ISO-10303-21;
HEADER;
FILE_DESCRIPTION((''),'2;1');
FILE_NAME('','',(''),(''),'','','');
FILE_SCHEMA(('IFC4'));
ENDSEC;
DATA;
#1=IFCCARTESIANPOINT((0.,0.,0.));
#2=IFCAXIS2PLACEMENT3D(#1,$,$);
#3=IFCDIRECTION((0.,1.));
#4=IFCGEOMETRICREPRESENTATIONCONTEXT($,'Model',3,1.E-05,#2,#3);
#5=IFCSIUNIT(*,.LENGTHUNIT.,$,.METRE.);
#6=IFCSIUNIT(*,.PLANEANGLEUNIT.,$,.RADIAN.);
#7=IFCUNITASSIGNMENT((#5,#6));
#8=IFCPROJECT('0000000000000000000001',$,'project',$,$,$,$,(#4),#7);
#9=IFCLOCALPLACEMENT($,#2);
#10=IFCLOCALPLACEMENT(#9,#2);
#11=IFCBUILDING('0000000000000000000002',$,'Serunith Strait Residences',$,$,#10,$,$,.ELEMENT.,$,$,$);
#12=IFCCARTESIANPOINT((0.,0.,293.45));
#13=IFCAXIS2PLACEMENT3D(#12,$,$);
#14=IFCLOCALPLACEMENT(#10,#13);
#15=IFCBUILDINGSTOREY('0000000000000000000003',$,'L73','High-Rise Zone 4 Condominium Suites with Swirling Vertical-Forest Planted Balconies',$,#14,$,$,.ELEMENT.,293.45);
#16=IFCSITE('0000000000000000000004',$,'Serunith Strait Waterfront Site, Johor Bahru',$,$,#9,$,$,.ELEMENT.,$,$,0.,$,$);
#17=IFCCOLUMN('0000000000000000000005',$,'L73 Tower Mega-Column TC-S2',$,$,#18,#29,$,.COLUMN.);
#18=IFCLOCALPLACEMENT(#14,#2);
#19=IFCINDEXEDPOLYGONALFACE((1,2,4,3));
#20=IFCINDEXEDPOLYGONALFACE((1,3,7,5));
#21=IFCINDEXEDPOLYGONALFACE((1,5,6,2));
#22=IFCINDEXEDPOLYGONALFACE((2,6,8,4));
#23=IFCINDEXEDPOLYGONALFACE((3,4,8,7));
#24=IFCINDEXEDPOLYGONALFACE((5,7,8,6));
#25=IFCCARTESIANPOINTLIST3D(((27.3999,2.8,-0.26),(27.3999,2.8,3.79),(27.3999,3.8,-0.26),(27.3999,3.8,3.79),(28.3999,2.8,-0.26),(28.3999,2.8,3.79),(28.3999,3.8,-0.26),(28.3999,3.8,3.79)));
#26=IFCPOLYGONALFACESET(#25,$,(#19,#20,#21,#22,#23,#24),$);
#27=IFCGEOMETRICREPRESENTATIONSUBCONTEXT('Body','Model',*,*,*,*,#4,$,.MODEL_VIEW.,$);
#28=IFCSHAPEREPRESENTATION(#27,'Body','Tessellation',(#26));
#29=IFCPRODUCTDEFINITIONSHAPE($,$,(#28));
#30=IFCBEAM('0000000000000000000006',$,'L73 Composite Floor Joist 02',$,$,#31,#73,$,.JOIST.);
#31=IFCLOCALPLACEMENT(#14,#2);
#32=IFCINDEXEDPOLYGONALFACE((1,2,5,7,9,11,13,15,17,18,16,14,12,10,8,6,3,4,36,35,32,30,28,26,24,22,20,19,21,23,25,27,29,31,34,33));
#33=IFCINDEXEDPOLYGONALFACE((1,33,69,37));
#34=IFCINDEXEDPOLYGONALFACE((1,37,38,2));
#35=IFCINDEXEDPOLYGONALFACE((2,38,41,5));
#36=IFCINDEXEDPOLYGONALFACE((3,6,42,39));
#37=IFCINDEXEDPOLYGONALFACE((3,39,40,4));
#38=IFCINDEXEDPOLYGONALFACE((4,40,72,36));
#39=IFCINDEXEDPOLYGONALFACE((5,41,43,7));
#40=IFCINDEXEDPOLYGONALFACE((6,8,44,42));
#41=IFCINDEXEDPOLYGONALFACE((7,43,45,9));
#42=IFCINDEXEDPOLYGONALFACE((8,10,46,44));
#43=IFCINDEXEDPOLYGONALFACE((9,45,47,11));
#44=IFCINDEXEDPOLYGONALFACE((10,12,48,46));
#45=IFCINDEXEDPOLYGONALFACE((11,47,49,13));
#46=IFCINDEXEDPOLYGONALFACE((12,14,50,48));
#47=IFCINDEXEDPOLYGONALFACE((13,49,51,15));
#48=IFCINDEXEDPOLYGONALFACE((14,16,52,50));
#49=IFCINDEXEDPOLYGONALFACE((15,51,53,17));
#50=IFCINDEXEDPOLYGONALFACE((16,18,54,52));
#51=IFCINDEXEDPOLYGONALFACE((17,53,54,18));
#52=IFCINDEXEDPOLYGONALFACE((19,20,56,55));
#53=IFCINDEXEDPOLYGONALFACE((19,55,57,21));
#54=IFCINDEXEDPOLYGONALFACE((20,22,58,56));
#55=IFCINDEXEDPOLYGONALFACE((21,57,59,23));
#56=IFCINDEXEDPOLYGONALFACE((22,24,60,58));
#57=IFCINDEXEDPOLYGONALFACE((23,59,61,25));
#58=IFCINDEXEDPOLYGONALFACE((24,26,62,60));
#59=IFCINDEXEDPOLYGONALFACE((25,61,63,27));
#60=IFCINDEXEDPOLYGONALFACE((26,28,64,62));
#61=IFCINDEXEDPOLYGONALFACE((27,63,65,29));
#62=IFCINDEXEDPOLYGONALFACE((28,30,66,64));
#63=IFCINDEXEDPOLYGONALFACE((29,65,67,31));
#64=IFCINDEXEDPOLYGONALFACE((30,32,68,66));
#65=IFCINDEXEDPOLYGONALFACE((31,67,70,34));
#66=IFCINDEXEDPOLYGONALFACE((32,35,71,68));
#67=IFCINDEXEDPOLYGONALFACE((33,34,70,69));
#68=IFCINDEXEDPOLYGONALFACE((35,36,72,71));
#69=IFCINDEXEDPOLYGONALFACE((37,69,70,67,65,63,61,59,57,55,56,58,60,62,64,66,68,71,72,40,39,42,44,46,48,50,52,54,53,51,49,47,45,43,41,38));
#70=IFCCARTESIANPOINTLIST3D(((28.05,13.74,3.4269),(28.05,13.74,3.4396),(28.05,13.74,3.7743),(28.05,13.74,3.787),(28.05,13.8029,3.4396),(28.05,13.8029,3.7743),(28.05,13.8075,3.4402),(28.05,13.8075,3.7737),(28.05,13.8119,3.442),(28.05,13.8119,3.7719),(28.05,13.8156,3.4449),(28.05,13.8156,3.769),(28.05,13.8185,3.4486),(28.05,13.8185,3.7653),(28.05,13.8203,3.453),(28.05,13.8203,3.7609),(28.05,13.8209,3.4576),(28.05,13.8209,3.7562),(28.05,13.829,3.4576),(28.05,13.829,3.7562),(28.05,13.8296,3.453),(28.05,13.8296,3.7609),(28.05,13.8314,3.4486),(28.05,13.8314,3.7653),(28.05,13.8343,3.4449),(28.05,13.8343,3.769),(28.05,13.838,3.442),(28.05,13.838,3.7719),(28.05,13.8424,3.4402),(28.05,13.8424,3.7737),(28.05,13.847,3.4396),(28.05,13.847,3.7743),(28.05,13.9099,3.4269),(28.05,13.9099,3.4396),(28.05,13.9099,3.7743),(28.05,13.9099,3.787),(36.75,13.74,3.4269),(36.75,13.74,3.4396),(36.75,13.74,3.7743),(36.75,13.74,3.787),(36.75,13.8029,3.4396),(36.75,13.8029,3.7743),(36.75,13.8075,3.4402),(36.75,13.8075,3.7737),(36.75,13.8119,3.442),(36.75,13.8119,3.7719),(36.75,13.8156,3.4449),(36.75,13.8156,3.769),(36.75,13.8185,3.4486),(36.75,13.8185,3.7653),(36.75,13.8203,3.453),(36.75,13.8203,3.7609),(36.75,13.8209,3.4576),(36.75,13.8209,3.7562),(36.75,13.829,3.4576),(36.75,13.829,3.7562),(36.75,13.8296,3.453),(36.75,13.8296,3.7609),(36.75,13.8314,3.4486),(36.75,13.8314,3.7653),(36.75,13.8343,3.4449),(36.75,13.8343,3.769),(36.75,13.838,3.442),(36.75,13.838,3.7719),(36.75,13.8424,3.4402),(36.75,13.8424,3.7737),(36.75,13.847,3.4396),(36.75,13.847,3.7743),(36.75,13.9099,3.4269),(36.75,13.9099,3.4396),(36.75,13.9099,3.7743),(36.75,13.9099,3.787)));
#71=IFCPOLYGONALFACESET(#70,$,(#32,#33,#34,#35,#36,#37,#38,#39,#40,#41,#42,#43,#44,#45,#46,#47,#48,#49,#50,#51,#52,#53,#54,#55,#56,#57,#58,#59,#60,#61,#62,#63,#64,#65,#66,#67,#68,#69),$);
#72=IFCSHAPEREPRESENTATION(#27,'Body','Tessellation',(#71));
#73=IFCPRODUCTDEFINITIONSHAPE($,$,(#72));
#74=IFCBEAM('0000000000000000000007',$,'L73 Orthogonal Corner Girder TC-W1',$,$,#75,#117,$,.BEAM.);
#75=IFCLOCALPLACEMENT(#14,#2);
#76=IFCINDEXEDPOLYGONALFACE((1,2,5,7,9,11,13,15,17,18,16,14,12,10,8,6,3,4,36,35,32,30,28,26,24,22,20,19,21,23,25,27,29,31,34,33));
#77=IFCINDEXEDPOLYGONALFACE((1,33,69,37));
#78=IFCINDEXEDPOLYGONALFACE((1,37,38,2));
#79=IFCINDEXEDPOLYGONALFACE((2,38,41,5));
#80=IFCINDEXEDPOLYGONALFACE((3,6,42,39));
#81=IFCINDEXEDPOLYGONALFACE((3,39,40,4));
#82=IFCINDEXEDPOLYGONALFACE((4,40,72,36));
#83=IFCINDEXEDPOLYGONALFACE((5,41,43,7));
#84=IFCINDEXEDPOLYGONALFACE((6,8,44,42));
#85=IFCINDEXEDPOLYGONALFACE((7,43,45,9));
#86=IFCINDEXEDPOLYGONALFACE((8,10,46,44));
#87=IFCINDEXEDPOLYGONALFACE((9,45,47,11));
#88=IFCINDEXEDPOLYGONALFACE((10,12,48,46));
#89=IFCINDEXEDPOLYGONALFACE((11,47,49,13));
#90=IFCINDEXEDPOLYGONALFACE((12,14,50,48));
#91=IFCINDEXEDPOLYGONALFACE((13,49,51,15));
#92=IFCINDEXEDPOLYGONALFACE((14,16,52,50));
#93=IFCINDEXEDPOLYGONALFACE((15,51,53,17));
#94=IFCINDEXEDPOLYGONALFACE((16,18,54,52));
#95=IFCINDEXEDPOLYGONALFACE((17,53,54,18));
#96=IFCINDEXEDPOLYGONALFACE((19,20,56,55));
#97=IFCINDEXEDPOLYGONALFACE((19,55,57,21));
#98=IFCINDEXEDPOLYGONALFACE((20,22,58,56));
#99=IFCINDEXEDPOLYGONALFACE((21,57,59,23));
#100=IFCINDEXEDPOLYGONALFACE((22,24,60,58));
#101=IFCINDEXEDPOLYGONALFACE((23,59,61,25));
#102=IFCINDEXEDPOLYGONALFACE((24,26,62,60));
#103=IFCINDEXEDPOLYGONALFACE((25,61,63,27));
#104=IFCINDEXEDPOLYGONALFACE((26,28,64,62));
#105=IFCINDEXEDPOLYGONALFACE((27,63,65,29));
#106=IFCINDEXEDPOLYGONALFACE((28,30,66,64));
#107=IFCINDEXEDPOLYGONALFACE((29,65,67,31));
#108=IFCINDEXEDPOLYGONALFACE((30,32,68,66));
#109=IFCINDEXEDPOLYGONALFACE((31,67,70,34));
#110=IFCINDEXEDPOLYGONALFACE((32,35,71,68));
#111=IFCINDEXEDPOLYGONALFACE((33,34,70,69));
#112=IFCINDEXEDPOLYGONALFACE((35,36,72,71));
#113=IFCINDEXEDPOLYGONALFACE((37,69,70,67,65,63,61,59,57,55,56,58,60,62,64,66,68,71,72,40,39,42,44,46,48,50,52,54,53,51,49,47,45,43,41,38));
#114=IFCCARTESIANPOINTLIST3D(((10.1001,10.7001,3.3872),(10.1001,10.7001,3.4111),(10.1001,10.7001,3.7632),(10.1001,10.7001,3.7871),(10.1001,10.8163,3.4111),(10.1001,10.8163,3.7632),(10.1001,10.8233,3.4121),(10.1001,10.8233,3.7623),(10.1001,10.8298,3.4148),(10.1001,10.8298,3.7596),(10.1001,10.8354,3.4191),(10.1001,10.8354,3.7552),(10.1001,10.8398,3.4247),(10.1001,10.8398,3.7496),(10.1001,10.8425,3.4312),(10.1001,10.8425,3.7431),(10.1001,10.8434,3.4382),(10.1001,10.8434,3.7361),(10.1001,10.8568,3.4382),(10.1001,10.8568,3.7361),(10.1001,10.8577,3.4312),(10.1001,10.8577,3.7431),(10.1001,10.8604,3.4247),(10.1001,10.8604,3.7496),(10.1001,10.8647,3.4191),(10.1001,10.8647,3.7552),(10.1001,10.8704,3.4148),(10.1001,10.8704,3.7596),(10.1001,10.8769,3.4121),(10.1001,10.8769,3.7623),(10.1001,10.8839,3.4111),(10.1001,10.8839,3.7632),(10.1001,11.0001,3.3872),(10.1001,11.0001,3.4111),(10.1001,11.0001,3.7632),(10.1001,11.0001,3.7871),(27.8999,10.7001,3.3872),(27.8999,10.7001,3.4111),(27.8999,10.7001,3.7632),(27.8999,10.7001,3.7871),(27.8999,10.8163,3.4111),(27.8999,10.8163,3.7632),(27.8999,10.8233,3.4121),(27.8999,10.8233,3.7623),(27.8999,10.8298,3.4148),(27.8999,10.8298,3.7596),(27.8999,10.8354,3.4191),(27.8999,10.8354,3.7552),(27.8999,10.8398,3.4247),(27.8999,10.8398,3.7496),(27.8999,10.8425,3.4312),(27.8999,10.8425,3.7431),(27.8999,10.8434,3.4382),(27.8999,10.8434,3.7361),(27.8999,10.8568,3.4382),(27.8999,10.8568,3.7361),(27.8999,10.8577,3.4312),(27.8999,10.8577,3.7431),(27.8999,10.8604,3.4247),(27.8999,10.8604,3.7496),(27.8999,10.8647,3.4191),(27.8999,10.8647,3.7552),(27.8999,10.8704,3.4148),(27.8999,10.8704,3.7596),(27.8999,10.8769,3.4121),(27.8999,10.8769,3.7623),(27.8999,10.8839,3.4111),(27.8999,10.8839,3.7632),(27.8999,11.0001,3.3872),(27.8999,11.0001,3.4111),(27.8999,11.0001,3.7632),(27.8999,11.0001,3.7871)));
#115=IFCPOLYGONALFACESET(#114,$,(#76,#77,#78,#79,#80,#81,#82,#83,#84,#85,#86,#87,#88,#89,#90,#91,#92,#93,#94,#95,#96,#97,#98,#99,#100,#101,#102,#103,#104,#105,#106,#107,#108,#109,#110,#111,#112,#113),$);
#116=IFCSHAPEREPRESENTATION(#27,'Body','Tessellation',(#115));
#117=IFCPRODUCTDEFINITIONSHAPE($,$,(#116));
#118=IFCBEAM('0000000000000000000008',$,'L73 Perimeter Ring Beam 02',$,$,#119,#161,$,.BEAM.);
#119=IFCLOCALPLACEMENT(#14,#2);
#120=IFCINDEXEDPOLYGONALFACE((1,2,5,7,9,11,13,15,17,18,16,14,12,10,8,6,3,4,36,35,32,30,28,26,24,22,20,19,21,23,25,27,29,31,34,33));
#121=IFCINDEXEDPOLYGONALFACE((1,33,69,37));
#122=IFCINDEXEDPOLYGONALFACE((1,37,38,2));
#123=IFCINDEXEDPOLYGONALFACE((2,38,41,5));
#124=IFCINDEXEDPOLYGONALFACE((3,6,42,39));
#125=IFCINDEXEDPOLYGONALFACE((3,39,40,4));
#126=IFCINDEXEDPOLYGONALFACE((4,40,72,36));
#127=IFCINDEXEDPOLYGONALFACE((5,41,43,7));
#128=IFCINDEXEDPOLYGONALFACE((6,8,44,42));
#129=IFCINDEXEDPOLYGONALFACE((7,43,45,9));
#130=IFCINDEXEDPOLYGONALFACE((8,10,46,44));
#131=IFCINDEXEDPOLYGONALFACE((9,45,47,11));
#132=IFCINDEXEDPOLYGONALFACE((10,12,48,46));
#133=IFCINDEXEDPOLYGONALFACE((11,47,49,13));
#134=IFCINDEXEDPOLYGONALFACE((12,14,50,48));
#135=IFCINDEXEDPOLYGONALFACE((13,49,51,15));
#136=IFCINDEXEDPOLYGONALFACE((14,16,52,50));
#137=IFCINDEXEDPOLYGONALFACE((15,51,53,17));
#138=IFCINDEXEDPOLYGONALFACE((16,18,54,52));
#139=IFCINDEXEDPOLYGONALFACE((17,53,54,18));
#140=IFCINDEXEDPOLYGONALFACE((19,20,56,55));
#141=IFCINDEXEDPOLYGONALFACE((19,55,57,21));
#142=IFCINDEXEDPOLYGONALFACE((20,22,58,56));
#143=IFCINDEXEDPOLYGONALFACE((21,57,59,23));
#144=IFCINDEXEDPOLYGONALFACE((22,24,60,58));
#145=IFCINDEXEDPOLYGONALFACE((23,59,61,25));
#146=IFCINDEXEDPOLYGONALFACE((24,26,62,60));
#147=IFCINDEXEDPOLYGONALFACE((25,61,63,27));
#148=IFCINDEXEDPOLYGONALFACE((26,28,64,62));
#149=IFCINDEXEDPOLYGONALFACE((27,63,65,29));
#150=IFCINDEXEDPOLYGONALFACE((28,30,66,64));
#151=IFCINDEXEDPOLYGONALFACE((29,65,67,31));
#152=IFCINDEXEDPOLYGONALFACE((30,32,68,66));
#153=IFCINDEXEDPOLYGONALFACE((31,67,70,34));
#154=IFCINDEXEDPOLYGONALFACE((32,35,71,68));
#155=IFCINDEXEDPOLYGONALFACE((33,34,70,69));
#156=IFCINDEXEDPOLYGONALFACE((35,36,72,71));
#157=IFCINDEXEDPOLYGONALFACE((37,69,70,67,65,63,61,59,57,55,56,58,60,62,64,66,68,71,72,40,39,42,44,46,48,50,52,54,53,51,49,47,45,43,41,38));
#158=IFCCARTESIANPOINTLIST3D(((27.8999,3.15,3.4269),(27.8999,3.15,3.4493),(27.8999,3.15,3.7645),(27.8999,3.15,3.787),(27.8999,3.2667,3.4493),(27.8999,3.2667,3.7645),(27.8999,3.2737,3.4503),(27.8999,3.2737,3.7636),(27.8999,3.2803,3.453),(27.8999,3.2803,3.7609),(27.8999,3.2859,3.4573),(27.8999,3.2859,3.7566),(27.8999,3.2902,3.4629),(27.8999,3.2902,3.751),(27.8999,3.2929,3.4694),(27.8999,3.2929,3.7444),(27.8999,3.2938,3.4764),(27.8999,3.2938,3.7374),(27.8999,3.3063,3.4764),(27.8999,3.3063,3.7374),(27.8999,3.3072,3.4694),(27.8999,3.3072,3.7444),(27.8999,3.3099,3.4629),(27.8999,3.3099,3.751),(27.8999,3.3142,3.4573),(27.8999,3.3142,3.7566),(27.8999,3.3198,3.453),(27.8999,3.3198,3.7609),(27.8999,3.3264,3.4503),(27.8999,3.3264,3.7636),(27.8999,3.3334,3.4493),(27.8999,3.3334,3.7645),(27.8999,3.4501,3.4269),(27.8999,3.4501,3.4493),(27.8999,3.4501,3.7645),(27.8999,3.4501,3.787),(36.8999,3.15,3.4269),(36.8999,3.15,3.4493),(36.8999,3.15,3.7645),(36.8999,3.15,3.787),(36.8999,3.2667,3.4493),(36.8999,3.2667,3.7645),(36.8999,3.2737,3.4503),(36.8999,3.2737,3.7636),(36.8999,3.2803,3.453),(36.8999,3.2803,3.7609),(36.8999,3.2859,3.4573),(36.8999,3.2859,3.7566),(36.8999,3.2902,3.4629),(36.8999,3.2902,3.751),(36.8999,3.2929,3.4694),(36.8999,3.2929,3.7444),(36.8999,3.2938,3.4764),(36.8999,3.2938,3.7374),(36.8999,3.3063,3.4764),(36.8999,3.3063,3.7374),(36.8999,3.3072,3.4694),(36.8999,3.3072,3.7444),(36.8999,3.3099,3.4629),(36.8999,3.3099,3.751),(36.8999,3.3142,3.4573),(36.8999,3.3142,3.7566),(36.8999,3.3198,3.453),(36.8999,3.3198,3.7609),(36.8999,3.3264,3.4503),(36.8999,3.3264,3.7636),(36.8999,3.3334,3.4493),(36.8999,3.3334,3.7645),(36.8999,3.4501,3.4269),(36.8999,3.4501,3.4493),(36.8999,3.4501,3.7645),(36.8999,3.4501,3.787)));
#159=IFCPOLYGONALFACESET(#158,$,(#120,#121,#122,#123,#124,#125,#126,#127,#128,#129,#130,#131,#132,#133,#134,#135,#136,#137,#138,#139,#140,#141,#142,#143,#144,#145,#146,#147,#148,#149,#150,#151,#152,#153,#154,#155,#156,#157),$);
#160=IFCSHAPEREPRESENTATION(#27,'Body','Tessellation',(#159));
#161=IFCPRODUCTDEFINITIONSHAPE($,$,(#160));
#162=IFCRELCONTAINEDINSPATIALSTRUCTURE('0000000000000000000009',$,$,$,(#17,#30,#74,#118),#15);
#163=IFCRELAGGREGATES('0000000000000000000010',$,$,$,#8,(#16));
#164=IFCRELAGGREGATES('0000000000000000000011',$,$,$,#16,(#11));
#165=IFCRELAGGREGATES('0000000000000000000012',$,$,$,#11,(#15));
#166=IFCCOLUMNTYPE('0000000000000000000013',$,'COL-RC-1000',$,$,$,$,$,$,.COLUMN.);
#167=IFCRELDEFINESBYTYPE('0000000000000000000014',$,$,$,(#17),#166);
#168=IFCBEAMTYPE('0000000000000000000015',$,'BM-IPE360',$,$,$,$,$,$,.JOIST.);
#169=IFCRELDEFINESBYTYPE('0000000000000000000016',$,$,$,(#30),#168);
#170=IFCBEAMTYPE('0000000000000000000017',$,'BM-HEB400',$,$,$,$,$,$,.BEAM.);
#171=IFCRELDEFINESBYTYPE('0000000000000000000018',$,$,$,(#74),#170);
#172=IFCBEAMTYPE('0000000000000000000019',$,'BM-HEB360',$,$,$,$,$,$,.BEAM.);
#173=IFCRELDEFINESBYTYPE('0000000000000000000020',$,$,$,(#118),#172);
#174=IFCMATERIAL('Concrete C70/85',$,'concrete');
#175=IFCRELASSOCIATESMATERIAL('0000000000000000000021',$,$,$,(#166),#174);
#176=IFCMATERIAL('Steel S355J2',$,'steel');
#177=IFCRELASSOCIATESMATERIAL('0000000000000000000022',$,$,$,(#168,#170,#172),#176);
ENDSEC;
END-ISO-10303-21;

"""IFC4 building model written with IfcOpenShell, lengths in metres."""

from ifc_helpers import new_model, si_unit, direction, frame, origin, origin_2d, place, context, subcontext, project, spatial, rectangle, i_section, extrude, source, transform, mapped, material, material_profile, profile_set, type_object, element, save


model = new_model("IFC4")

# Units and contexts
model_context = context("Model", 3, precision=1e-05, world=origin(), true_north=direction((0.0, 1.0)))
body_context = subcontext(model_context, "Body", "Model", "MODEL_VIEW")
ifc_project = project(units=[si_unit("LENGTHUNIT", "METRE"), si_unit("PLANEANGLEUNIT", "RADIAN")], contexts=[model_context])

# Site, building, storey
site_placement = place(None, origin())
site = spatial("IfcSite", under=ifc_project, at=site_placement, Name="Serunith Strait Waterfront Site, Johor Bahru", CompositionType="ELEMENT", RefElevation=0.0)
building_placement = place(site_placement, origin())
building = spatial("IfcBuilding", under=site, at=building_placement, Name="Serunith Strait Residences", CompositionType="ELEMENT")
storey_placement = place(building_placement, frame((0.0, 0.0, 293.45)))
storey = spatial("IfcBuildingStorey", under=building, at=storey_placement, Name="L73", Description="High-Rise Zone 4 Condominium Suites with Swirling Vertical-Forest Planted Balconies", CompositionType="ELEMENT", Elevation=293.45)

# Column
ifc_material_1 = material(Name="Concrete C70/85", Category="concrete")
ifc_material_profile_1 = material_profile(ifc_material_1, rectangle(XDim=1.0, YDim=1.0, at=origin_2d()), Name="RC 1000x1000")
ifc_profile_set_1 = profile_set([ifc_material_profile_1], Name="Concrete C70/85")
column_type = type_object("IfcColumnType", Name="COL-RC-1000", PredefinedType="COLUMN", material=ifc_profile_set_1)
shared_shape_1 = source(origin(), body_context, "Body", "SweptSolid", [
    extrude(rectangle(XDim=1.0, YDim=1.0, at=origin_2d()), origin(), (0.0, 0.0, 1.0), 4.05),
])
column_placement = place(storey_placement, frame((27.8999, 3.3, -0.26), z_axis=(0.0, 0.0, 1.0), x_axis=(1.0, 0.0, 0.0)))
element("IfcColumn", 1, at=column_placement, inside=storey, type_object=column_type, Name="L73 Tower Mega-Column TC-S2", PredefinedType="COLUMN", context=body_context, shape_type="MappedRepresentation", body=[
    mapped(shared_shape_1, transform((0.0, 0.0, 0.0), scale=1.0)),
])

# Beams
ifc_material_2 = material(Name="Steel S355J2", Category="steel")
ifc_material_profile_2 = material_profile(ifc_material_2, i_section(OverallWidth=0.1699, OverallDepth=0.3601, WebThickness=0.0081, FlangeThickness=0.0127, FilletRadius=0.0181, at=origin_2d()), Name="IPE 360")
ifc_profile_set_2 = profile_set([ifc_material_profile_2], Name="Steel S355J2")
beam_type_1 = type_object("IfcBeamType", Name="BM-IPE360", PredefinedType="JOIST", material=ifc_profile_set_2)
shared_shape_2 = source(origin(), body_context, "Body", "SweptSolid", [
    extrude(i_section(OverallWidth=0.1699, OverallDepth=0.3601, WebThickness=0.0081, FlangeThickness=0.0127, FilletRadius=0.0181, at=origin_2d()), origin(), (0.0, 0.0, 1.0), 8.7),
])
beam_1_placement = place(storey_placement, frame((28.05, 13.825, 3.6069), z_axis=(1.0, 0.0, 0.0), x_axis=(0.0, 1.0, 0.0)))
element("IfcBeam", 2, at=beam_1_placement, inside=storey, type_object=beam_type_1, Name="L73 Composite Floor Joist 02", PredefinedType="JOIST", context=body_context, shape_type="MappedRepresentation", body=[
    mapped(shared_shape_2, transform((0.0, 0.0, 0.0), scale=1.0)),
])
ifc_material_profile_3 = material_profile(ifc_material_2, i_section(OverallWidth=0.3, OverallDepth=0.3999, WebThickness=0.0134, FlangeThickness=0.0239, FilletRadius=0.0271, at=origin_2d()), Name="HEB 400")
ifc_profile_set_3 = profile_set([ifc_material_profile_3], Name="Steel S355J2")
beam_type_2 = type_object("IfcBeamType", Name="BM-HEB400", PredefinedType="BEAM", material=ifc_profile_set_3)
shared_shape_3 = source(origin(), body_context, "Body", "SweptSolid", [
    extrude(i_section(OverallWidth=0.3, OverallDepth=0.3999, WebThickness=0.0134, FlangeThickness=0.0239, FilletRadius=0.0271, at=origin_2d()), origin(), (0.0, 0.0, 1.0), 17.7998),
])
beam_2_placement = place(storey_placement, frame((27.8999, 10.8501, 3.5872), z_axis=(-1.0, 0.0, 0.0), x_axis=(0.0, -1.0, 0.0)))
element("IfcBeam", 3, at=beam_2_placement, inside=storey, type_object=beam_type_2, Name="L73 Orthogonal Corner Girder TC-W1", PredefinedType="BEAM", context=body_context, shape_type="MappedRepresentation", body=[
    mapped(shared_shape_3, transform((0.0, 0.0, 0.0), scale=1.0)),
])
ifc_material_profile_4 = material_profile(ifc_material_2, i_section(OverallWidth=0.3, OverallDepth=0.3601, WebThickness=0.0125, FlangeThickness=0.0225, FilletRadius=0.0271, at=origin_2d()), Name="HEB 360")
ifc_profile_set_4 = profile_set([ifc_material_profile_4], Name="Steel S355J2")
beam_type_3 = type_object("IfcBeamType", Name="BM-HEB360", PredefinedType="BEAM", material=ifc_profile_set_4)
shared_shape_4 = source(origin(), body_context, "Body", "SweptSolid", [
    extrude(i_section(OverallWidth=0.3, OverallDepth=0.3601, WebThickness=0.0125, FlangeThickness=0.0225, FilletRadius=0.0271, at=origin_2d()), origin(), (0.0, 0.0, 1.0), 9.0),
])
beam_3_placement = place(storey_placement, frame((27.8999, 3.3, 3.6069), z_axis=(1.0, 0.0, 0.0), x_axis=(0.0, 1.0, 0.0)))
element("IfcBeam", 4, at=beam_3_placement, inside=storey, type_object=beam_type_3, Name="L73 Perimeter Ring Beam 02", PredefinedType="BEAM", context=body_context, shape_type="MappedRepresentation", body=[
    mapped(shared_shape_4, transform((0.0, 0.0, 0.0), scale=1.0)),
])

save(model, "model.ifc")
